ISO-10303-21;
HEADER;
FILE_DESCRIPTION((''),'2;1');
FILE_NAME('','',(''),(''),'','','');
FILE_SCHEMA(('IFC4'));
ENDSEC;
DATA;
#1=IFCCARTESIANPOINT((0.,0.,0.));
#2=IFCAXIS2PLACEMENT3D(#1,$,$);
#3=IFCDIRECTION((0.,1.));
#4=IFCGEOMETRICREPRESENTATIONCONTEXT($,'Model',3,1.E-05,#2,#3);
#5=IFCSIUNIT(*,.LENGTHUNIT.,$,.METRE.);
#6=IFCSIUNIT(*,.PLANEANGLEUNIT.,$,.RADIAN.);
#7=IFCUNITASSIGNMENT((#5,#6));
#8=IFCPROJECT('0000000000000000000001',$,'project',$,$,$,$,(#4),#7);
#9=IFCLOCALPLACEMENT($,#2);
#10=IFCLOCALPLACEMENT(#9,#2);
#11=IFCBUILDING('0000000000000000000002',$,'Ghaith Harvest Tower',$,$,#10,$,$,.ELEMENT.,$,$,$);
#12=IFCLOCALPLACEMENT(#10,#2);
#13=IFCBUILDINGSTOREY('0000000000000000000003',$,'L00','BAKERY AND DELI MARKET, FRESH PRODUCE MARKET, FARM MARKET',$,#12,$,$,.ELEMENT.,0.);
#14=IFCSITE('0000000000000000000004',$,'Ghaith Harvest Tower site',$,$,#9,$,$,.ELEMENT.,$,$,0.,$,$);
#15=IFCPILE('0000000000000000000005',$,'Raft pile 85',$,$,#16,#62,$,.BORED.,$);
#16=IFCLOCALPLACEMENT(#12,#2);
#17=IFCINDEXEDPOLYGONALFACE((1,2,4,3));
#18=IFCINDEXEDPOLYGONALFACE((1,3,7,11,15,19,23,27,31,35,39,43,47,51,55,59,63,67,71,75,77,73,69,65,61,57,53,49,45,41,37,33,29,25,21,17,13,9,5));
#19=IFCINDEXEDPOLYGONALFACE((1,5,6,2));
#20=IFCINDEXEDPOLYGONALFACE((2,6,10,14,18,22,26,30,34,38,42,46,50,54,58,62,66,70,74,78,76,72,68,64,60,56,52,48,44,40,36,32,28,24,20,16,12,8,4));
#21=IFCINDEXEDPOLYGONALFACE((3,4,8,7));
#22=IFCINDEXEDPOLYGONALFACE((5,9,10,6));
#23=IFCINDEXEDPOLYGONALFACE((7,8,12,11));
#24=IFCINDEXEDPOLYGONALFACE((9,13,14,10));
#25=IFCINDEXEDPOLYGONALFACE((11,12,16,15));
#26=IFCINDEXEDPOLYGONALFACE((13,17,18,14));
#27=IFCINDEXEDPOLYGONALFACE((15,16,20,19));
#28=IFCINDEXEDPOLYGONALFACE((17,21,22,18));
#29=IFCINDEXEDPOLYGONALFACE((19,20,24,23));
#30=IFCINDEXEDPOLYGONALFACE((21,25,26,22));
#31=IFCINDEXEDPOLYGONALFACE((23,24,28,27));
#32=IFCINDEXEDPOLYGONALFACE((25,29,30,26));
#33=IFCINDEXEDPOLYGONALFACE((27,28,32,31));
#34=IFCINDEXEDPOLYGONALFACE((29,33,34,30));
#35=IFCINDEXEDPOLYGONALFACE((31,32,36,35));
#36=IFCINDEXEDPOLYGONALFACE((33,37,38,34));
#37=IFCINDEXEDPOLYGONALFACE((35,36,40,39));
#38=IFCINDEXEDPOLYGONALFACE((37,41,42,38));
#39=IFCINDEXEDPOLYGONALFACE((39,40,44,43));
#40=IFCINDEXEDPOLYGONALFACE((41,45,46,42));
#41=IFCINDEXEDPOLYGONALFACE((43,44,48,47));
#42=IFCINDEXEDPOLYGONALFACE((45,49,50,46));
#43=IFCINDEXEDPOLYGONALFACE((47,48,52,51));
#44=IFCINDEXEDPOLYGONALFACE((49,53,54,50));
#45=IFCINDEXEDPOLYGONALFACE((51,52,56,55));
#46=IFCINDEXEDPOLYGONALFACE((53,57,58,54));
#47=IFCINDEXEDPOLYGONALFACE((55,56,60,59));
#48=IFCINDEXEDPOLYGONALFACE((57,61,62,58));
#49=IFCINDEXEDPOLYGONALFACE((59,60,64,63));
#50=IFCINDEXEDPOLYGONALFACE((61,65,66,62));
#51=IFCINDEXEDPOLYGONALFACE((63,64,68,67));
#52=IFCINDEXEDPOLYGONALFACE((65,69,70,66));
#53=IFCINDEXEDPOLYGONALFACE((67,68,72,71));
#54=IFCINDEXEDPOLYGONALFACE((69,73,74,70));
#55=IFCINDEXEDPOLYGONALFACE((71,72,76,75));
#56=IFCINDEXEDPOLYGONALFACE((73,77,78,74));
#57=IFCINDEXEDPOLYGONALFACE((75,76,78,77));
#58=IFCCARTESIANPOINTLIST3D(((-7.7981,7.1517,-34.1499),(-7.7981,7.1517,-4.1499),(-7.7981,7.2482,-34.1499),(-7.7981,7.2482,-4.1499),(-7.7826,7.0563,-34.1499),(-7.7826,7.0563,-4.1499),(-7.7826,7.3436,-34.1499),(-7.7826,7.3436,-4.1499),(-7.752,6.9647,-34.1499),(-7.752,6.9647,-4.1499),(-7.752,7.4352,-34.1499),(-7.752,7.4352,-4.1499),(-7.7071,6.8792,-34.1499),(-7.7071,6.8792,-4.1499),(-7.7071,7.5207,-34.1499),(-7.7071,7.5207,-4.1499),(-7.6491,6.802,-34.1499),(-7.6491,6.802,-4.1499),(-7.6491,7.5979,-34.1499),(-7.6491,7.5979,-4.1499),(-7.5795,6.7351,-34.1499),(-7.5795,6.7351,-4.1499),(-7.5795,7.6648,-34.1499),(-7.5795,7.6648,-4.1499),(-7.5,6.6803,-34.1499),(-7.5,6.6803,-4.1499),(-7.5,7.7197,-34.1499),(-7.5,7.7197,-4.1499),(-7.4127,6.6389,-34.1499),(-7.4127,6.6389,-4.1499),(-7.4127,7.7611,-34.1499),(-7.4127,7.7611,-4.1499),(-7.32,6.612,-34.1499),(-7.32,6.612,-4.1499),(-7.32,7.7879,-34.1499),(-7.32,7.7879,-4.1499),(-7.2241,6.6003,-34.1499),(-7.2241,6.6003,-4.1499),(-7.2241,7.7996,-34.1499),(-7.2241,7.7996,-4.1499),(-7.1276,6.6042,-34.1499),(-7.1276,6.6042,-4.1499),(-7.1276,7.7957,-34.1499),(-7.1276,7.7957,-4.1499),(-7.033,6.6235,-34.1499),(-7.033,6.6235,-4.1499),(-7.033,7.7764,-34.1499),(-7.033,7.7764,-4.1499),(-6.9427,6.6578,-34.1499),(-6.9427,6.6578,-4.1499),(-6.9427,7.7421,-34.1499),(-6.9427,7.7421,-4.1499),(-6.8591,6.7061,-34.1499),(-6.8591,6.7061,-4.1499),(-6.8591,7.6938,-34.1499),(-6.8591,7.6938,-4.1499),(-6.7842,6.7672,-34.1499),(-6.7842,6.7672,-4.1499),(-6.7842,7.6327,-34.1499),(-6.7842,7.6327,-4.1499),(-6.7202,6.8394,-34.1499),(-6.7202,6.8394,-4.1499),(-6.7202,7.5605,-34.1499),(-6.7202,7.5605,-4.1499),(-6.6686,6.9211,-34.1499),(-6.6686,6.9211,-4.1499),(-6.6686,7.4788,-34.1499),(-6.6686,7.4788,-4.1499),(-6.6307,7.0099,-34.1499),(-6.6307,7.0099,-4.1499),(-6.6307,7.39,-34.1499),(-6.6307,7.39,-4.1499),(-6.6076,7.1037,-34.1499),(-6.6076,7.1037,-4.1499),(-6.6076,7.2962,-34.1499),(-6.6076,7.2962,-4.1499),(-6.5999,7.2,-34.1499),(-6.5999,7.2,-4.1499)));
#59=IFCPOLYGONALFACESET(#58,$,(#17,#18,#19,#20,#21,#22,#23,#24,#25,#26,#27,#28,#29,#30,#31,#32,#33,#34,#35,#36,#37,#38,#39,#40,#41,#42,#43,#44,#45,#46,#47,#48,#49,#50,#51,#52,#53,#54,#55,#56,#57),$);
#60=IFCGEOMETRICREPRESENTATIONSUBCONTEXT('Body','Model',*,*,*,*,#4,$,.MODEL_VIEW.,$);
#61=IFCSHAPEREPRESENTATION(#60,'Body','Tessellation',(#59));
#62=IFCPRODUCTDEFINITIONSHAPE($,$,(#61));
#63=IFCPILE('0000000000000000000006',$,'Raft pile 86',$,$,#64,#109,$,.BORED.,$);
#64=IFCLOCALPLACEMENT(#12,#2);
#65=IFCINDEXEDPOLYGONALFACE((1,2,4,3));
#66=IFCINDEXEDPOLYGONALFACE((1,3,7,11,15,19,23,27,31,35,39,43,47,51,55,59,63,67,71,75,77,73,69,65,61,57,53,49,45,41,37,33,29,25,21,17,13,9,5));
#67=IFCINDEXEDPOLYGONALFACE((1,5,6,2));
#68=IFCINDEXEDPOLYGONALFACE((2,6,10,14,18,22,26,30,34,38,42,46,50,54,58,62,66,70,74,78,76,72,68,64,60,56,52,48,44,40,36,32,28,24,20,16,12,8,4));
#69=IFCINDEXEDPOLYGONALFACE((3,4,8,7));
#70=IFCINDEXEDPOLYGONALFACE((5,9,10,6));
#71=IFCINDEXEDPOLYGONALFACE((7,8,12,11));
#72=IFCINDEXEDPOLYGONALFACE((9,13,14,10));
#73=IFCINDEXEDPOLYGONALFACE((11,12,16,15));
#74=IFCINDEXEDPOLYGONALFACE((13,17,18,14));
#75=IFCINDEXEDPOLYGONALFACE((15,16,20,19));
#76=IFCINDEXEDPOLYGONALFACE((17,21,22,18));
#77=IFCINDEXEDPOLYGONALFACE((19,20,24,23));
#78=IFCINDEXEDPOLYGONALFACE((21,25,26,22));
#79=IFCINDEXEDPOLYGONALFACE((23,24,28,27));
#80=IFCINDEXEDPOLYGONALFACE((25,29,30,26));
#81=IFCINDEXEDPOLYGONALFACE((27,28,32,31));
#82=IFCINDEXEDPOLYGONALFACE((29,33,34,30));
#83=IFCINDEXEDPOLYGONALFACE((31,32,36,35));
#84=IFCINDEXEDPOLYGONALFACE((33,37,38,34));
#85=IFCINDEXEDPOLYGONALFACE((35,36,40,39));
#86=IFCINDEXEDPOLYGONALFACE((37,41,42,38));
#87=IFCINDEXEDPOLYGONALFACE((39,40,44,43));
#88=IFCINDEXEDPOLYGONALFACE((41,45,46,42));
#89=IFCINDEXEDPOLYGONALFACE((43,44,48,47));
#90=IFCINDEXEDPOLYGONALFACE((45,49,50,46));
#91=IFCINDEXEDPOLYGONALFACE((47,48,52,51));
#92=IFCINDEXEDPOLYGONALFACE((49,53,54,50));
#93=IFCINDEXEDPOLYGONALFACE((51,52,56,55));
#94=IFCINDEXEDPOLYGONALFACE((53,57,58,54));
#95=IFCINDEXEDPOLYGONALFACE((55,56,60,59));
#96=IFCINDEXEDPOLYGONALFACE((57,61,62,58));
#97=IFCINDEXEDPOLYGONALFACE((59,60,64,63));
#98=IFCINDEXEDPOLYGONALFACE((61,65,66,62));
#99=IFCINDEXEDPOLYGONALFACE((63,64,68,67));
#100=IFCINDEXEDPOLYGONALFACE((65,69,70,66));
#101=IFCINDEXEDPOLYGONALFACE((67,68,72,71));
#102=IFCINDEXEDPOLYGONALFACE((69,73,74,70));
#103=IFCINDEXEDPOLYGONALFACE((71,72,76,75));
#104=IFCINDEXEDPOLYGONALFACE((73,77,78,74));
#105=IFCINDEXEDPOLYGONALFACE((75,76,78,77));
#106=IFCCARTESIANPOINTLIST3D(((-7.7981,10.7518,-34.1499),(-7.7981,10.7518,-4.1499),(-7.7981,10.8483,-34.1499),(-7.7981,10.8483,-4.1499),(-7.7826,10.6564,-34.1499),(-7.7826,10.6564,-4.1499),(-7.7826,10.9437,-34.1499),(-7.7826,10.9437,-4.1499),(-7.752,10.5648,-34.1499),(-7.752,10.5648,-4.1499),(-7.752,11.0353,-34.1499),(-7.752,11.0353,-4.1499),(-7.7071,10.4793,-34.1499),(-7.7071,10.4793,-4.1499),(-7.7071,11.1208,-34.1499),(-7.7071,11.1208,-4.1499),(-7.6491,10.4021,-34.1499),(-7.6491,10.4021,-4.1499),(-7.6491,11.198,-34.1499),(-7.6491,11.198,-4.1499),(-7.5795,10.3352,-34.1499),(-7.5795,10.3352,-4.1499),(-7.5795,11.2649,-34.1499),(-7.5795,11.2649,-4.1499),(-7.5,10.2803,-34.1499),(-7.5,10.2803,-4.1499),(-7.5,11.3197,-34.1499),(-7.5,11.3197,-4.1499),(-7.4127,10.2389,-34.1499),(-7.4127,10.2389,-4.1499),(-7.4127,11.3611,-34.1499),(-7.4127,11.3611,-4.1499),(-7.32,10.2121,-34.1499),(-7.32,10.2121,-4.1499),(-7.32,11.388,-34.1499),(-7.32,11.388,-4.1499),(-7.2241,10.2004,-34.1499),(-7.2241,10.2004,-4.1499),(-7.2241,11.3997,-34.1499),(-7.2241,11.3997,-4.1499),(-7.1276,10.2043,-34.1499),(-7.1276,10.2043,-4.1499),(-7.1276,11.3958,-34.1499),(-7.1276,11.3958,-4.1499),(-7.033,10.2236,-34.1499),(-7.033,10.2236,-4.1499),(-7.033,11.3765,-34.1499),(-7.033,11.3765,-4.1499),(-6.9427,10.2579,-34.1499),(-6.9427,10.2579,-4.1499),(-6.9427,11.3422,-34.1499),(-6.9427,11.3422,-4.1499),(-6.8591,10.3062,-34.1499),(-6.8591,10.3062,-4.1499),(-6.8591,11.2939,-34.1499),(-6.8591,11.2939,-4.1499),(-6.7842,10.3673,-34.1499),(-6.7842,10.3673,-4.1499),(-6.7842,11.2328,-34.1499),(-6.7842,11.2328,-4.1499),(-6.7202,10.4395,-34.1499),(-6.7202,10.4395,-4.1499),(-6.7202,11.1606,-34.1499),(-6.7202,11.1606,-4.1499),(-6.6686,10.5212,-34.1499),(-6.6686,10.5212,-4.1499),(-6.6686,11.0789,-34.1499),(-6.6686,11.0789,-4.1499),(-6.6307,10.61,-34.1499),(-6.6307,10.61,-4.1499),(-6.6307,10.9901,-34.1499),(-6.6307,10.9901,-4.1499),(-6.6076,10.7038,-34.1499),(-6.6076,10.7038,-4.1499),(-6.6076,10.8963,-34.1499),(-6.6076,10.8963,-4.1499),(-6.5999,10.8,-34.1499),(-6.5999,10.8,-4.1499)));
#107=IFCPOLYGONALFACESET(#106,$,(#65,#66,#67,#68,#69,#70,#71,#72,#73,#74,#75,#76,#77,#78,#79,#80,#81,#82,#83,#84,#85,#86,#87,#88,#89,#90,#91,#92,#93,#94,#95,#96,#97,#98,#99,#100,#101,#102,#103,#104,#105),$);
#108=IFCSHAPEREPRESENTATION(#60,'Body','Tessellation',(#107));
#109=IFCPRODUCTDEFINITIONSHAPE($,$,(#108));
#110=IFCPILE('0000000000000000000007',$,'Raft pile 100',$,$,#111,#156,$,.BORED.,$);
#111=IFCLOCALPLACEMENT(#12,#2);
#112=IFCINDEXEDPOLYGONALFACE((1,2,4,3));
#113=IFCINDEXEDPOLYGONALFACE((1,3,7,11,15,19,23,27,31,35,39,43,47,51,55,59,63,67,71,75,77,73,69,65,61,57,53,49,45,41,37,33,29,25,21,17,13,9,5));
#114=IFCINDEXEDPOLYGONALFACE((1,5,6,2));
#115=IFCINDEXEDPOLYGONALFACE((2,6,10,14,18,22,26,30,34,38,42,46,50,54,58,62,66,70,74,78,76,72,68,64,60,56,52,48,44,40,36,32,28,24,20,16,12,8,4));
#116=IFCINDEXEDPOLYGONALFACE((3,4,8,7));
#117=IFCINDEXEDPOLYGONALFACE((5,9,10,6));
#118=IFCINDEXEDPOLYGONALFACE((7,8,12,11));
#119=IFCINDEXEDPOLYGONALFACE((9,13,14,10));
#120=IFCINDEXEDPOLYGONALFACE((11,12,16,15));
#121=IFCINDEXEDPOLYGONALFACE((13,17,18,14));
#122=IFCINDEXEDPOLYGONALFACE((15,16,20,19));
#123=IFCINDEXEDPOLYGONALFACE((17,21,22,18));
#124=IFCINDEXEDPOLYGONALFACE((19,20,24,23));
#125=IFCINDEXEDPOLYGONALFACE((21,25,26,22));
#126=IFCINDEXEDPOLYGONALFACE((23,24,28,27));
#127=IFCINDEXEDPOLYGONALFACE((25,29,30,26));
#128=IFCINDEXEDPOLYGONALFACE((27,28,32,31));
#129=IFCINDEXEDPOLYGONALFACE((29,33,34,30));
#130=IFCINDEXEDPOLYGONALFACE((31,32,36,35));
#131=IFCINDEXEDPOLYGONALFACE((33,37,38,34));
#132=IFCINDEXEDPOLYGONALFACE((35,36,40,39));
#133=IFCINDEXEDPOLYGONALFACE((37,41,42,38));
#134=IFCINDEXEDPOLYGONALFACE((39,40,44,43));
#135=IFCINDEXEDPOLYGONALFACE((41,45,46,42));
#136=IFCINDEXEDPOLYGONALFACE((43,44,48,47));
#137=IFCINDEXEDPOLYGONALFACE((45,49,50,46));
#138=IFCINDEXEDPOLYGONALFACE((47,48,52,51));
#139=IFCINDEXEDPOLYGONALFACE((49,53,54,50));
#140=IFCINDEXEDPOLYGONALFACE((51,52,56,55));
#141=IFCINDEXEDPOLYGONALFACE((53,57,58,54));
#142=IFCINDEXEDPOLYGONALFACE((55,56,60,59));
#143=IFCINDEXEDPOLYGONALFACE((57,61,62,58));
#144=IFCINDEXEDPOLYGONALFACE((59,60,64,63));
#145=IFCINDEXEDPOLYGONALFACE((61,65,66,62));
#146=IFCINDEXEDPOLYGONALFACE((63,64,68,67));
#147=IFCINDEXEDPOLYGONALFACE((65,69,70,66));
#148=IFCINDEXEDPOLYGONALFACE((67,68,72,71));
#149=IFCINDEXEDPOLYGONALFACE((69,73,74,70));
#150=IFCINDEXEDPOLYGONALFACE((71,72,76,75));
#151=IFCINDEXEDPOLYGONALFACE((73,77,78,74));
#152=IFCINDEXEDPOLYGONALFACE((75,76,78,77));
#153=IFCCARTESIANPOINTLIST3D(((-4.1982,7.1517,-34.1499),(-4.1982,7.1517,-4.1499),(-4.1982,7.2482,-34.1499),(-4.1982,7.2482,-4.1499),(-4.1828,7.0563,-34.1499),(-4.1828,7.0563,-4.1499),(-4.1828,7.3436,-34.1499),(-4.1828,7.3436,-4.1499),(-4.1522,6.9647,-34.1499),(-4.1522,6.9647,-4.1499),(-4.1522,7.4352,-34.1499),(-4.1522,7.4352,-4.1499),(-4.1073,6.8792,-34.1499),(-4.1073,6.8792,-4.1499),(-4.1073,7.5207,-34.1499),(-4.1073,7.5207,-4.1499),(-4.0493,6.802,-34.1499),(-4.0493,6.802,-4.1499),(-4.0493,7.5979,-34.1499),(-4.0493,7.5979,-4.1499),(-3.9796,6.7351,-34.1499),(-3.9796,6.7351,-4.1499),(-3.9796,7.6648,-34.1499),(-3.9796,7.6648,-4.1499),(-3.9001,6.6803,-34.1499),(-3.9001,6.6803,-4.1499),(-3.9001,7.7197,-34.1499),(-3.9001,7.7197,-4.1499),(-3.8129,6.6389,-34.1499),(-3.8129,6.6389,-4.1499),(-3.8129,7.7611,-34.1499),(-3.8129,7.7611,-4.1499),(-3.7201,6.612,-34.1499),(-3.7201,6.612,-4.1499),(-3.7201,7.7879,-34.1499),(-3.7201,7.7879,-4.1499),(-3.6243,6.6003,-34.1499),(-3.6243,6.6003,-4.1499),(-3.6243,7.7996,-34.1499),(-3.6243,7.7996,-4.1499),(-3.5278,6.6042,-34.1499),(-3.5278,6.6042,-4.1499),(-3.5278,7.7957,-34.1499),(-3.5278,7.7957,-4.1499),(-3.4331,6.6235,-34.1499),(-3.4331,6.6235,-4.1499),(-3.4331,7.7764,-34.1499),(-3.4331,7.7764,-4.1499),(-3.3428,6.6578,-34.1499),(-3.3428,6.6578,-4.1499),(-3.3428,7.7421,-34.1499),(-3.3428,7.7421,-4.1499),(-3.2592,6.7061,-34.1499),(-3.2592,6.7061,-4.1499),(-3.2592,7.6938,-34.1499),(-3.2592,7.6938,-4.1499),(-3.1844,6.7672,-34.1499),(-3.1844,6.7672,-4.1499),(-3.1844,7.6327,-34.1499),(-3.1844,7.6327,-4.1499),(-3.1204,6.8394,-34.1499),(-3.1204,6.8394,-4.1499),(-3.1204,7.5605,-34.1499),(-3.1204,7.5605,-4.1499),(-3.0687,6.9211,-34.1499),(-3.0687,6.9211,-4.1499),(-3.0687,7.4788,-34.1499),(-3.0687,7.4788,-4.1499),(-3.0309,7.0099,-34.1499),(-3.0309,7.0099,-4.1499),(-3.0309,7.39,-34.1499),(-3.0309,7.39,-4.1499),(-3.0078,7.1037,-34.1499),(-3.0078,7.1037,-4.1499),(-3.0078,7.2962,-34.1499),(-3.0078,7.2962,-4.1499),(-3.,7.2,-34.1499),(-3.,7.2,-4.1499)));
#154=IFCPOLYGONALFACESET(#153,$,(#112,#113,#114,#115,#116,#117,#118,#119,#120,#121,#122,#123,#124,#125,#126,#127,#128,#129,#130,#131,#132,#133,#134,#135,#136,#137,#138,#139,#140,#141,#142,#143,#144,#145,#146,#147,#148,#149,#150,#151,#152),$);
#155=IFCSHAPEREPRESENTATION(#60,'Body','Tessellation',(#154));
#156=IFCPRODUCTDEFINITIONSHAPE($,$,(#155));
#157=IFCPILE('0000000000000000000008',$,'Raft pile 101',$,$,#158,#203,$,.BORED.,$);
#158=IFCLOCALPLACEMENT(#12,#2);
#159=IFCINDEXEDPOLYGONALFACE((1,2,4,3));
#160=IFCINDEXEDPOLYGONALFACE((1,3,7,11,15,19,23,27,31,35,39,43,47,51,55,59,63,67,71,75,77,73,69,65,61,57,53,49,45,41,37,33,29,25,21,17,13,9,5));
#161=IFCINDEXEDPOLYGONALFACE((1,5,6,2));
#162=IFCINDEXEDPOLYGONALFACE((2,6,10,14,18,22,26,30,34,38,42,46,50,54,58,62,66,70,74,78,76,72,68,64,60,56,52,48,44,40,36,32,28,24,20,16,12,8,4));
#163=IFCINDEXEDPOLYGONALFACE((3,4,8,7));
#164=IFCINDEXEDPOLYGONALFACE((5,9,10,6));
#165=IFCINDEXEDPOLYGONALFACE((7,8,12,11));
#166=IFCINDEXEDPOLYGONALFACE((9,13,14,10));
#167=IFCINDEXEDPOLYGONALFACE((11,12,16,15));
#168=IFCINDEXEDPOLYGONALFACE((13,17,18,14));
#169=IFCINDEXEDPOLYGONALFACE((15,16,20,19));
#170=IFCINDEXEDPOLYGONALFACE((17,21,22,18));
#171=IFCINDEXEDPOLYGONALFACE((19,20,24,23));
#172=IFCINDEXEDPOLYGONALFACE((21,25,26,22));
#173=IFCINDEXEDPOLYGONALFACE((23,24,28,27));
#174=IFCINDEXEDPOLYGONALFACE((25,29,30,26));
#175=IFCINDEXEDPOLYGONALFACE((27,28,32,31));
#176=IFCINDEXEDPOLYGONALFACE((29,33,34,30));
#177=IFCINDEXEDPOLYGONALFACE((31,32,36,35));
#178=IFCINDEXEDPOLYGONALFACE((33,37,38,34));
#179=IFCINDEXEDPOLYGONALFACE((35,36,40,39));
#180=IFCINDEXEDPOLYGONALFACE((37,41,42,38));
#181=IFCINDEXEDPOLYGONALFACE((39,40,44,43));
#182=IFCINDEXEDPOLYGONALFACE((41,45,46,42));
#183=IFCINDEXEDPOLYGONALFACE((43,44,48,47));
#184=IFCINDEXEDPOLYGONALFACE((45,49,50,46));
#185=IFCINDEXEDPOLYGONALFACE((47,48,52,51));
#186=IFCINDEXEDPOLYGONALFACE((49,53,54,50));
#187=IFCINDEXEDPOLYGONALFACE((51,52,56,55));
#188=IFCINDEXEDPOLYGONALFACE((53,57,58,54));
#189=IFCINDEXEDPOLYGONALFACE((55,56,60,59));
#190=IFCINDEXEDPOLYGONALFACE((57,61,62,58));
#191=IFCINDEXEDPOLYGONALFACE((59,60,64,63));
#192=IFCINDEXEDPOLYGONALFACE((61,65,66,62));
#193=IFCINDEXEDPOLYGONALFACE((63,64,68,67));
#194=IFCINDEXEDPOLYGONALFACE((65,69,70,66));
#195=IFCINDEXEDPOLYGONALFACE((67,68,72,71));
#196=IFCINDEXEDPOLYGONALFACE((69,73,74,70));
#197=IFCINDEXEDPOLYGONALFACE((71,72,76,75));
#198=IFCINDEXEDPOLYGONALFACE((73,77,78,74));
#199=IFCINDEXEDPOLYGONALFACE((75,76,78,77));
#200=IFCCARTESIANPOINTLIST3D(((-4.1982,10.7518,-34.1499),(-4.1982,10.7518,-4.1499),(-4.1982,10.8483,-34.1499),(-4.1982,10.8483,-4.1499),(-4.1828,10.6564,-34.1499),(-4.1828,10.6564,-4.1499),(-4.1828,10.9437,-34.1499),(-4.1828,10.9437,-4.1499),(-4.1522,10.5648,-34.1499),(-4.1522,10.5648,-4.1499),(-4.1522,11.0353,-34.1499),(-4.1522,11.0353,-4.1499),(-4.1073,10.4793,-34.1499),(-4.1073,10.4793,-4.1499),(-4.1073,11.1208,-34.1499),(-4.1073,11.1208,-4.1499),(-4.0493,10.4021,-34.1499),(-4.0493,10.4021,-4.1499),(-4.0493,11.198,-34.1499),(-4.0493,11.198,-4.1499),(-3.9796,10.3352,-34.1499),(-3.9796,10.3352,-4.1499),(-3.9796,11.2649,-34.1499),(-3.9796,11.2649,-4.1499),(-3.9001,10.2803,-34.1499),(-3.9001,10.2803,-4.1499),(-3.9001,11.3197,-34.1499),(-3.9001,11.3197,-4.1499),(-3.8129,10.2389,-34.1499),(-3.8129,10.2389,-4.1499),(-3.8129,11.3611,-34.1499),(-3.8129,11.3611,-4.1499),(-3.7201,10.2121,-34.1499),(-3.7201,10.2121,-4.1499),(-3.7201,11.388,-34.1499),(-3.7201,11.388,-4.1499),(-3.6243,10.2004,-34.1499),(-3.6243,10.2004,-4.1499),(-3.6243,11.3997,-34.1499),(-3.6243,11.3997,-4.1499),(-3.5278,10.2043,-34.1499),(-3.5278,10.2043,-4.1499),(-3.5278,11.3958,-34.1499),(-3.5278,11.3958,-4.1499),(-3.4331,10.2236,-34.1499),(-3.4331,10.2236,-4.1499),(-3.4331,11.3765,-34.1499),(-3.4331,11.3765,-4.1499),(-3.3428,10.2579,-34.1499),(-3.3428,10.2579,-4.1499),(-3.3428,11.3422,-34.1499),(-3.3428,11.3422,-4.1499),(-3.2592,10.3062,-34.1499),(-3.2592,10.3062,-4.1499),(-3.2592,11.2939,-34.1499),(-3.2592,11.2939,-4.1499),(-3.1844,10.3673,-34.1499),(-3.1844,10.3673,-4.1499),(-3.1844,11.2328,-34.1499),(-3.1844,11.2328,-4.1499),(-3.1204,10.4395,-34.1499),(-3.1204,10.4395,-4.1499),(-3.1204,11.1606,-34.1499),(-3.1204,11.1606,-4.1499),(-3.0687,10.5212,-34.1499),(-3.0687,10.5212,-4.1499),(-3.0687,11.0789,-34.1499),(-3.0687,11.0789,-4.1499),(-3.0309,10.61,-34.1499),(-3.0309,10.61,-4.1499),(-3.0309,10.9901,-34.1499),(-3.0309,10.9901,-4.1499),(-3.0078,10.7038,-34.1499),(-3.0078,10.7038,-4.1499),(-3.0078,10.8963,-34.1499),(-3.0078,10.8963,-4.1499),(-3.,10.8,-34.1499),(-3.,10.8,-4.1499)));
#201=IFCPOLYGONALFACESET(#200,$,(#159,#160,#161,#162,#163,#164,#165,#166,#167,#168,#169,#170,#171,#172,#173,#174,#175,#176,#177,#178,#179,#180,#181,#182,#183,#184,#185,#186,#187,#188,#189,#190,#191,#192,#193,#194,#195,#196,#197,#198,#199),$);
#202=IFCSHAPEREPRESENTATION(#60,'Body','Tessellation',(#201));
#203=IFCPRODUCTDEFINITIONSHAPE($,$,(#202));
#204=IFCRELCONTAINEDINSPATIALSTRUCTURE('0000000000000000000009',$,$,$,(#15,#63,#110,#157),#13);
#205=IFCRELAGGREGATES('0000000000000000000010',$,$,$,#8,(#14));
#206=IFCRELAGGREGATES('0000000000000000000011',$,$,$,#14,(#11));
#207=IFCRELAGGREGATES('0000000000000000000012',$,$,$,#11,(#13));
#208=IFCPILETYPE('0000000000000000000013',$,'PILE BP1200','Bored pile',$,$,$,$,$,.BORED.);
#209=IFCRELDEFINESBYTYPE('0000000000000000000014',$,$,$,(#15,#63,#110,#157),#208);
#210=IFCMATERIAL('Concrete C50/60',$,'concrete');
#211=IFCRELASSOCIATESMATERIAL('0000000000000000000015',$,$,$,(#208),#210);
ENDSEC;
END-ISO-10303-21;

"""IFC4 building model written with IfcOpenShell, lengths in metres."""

from ifc_helpers import new_model, si_unit, direction, frame, origin, origin_2d, place, context, subcontext, project, spatial, circle, extrude, material, material_profile, profile_set, type_object, element, save


model = new_model("IFC4")

# Units and contexts
model_context = context("Model", 3, precision=1e-05, world=origin(), true_north=direction((0.0, 1.0)))
body_context = subcontext(model_context, "Body", "Model", "MODEL_VIEW")
ifc_project = project(units=[si_unit("LENGTHUNIT", "METRE"), si_unit("PLANEANGLEUNIT", "RADIAN")], contexts=[model_context])

# Site, building, storey
site_placement = place(None, origin())
site = spatial("IfcSite", under=ifc_project, at=site_placement, Name="Ghaith Harvest Tower site", CompositionType="ELEMENT", RefElevation=0.0)
building_placement = place(site_placement, origin())
building = spatial("IfcBuilding", under=site, at=building_placement, Name="Ghaith Harvest Tower", CompositionType="ELEMENT")
storey_placement = place(building_placement, origin())
storey = spatial("IfcBuildingStorey", under=building, at=storey_placement, Name="L00", Description="BAKERY AND DELI MARKET, FRESH PRODUCE MARKET, FARM MARKET", CompositionType="ELEMENT", Elevation=0.0)

# Piles
ifc_material_1 = material(Name="Concrete C50/60", Category="concrete")
ifc_material_profile = material_profile(ifc_material_1, circle(Radius=0.6001, at=origin_2d()), Name="PILE1200")
ifc_profile_set = profile_set([ifc_material_profile], Name="Concrete C50/60")
pile_type = type_object("IfcPileType", Name="PILE BP1200", Description="Bored pile", PredefinedType="BORED", material=ifc_profile_set)
for number, where, z_axis, x_axis, name in (
    (1, (-7.2, 7.2, -4.1499), (0.0, 0.0, -1.0), (1.0, 0.0, 0.0), "Raft pile 85"),
    (2, (-7.2, 10.8, -4.1499), (0.0, 0.0, -1.0), (1.0, 0.0, 0.0), "Raft pile 86"),
    (3, (-3.6001, 7.2, -4.1499), (0.0, 0.0, -1.0), (1.0, 0.0, 0.0), "Raft pile 100"),
    (4, (-3.6001, 10.8, -4.1499), (0.0, 0.0, -1.0), (1.0, 0.0, 0.0), "Raft pile 101"),
):
    element("IfcPile", number, at=place(storey_placement, frame(where, z_axis=z_axis, x_axis=x_axis)), inside=storey, type_object=pile_type, Name=name, PredefinedType="BORED", context=body_context, shape_type="SweptSolid", body=[
        extrude(circle(Radius=0.6001, at=origin_2d()), origin(), (0.0, 0.0, 1.0), 30.0),
    ])

save(model, "model.ifc")
